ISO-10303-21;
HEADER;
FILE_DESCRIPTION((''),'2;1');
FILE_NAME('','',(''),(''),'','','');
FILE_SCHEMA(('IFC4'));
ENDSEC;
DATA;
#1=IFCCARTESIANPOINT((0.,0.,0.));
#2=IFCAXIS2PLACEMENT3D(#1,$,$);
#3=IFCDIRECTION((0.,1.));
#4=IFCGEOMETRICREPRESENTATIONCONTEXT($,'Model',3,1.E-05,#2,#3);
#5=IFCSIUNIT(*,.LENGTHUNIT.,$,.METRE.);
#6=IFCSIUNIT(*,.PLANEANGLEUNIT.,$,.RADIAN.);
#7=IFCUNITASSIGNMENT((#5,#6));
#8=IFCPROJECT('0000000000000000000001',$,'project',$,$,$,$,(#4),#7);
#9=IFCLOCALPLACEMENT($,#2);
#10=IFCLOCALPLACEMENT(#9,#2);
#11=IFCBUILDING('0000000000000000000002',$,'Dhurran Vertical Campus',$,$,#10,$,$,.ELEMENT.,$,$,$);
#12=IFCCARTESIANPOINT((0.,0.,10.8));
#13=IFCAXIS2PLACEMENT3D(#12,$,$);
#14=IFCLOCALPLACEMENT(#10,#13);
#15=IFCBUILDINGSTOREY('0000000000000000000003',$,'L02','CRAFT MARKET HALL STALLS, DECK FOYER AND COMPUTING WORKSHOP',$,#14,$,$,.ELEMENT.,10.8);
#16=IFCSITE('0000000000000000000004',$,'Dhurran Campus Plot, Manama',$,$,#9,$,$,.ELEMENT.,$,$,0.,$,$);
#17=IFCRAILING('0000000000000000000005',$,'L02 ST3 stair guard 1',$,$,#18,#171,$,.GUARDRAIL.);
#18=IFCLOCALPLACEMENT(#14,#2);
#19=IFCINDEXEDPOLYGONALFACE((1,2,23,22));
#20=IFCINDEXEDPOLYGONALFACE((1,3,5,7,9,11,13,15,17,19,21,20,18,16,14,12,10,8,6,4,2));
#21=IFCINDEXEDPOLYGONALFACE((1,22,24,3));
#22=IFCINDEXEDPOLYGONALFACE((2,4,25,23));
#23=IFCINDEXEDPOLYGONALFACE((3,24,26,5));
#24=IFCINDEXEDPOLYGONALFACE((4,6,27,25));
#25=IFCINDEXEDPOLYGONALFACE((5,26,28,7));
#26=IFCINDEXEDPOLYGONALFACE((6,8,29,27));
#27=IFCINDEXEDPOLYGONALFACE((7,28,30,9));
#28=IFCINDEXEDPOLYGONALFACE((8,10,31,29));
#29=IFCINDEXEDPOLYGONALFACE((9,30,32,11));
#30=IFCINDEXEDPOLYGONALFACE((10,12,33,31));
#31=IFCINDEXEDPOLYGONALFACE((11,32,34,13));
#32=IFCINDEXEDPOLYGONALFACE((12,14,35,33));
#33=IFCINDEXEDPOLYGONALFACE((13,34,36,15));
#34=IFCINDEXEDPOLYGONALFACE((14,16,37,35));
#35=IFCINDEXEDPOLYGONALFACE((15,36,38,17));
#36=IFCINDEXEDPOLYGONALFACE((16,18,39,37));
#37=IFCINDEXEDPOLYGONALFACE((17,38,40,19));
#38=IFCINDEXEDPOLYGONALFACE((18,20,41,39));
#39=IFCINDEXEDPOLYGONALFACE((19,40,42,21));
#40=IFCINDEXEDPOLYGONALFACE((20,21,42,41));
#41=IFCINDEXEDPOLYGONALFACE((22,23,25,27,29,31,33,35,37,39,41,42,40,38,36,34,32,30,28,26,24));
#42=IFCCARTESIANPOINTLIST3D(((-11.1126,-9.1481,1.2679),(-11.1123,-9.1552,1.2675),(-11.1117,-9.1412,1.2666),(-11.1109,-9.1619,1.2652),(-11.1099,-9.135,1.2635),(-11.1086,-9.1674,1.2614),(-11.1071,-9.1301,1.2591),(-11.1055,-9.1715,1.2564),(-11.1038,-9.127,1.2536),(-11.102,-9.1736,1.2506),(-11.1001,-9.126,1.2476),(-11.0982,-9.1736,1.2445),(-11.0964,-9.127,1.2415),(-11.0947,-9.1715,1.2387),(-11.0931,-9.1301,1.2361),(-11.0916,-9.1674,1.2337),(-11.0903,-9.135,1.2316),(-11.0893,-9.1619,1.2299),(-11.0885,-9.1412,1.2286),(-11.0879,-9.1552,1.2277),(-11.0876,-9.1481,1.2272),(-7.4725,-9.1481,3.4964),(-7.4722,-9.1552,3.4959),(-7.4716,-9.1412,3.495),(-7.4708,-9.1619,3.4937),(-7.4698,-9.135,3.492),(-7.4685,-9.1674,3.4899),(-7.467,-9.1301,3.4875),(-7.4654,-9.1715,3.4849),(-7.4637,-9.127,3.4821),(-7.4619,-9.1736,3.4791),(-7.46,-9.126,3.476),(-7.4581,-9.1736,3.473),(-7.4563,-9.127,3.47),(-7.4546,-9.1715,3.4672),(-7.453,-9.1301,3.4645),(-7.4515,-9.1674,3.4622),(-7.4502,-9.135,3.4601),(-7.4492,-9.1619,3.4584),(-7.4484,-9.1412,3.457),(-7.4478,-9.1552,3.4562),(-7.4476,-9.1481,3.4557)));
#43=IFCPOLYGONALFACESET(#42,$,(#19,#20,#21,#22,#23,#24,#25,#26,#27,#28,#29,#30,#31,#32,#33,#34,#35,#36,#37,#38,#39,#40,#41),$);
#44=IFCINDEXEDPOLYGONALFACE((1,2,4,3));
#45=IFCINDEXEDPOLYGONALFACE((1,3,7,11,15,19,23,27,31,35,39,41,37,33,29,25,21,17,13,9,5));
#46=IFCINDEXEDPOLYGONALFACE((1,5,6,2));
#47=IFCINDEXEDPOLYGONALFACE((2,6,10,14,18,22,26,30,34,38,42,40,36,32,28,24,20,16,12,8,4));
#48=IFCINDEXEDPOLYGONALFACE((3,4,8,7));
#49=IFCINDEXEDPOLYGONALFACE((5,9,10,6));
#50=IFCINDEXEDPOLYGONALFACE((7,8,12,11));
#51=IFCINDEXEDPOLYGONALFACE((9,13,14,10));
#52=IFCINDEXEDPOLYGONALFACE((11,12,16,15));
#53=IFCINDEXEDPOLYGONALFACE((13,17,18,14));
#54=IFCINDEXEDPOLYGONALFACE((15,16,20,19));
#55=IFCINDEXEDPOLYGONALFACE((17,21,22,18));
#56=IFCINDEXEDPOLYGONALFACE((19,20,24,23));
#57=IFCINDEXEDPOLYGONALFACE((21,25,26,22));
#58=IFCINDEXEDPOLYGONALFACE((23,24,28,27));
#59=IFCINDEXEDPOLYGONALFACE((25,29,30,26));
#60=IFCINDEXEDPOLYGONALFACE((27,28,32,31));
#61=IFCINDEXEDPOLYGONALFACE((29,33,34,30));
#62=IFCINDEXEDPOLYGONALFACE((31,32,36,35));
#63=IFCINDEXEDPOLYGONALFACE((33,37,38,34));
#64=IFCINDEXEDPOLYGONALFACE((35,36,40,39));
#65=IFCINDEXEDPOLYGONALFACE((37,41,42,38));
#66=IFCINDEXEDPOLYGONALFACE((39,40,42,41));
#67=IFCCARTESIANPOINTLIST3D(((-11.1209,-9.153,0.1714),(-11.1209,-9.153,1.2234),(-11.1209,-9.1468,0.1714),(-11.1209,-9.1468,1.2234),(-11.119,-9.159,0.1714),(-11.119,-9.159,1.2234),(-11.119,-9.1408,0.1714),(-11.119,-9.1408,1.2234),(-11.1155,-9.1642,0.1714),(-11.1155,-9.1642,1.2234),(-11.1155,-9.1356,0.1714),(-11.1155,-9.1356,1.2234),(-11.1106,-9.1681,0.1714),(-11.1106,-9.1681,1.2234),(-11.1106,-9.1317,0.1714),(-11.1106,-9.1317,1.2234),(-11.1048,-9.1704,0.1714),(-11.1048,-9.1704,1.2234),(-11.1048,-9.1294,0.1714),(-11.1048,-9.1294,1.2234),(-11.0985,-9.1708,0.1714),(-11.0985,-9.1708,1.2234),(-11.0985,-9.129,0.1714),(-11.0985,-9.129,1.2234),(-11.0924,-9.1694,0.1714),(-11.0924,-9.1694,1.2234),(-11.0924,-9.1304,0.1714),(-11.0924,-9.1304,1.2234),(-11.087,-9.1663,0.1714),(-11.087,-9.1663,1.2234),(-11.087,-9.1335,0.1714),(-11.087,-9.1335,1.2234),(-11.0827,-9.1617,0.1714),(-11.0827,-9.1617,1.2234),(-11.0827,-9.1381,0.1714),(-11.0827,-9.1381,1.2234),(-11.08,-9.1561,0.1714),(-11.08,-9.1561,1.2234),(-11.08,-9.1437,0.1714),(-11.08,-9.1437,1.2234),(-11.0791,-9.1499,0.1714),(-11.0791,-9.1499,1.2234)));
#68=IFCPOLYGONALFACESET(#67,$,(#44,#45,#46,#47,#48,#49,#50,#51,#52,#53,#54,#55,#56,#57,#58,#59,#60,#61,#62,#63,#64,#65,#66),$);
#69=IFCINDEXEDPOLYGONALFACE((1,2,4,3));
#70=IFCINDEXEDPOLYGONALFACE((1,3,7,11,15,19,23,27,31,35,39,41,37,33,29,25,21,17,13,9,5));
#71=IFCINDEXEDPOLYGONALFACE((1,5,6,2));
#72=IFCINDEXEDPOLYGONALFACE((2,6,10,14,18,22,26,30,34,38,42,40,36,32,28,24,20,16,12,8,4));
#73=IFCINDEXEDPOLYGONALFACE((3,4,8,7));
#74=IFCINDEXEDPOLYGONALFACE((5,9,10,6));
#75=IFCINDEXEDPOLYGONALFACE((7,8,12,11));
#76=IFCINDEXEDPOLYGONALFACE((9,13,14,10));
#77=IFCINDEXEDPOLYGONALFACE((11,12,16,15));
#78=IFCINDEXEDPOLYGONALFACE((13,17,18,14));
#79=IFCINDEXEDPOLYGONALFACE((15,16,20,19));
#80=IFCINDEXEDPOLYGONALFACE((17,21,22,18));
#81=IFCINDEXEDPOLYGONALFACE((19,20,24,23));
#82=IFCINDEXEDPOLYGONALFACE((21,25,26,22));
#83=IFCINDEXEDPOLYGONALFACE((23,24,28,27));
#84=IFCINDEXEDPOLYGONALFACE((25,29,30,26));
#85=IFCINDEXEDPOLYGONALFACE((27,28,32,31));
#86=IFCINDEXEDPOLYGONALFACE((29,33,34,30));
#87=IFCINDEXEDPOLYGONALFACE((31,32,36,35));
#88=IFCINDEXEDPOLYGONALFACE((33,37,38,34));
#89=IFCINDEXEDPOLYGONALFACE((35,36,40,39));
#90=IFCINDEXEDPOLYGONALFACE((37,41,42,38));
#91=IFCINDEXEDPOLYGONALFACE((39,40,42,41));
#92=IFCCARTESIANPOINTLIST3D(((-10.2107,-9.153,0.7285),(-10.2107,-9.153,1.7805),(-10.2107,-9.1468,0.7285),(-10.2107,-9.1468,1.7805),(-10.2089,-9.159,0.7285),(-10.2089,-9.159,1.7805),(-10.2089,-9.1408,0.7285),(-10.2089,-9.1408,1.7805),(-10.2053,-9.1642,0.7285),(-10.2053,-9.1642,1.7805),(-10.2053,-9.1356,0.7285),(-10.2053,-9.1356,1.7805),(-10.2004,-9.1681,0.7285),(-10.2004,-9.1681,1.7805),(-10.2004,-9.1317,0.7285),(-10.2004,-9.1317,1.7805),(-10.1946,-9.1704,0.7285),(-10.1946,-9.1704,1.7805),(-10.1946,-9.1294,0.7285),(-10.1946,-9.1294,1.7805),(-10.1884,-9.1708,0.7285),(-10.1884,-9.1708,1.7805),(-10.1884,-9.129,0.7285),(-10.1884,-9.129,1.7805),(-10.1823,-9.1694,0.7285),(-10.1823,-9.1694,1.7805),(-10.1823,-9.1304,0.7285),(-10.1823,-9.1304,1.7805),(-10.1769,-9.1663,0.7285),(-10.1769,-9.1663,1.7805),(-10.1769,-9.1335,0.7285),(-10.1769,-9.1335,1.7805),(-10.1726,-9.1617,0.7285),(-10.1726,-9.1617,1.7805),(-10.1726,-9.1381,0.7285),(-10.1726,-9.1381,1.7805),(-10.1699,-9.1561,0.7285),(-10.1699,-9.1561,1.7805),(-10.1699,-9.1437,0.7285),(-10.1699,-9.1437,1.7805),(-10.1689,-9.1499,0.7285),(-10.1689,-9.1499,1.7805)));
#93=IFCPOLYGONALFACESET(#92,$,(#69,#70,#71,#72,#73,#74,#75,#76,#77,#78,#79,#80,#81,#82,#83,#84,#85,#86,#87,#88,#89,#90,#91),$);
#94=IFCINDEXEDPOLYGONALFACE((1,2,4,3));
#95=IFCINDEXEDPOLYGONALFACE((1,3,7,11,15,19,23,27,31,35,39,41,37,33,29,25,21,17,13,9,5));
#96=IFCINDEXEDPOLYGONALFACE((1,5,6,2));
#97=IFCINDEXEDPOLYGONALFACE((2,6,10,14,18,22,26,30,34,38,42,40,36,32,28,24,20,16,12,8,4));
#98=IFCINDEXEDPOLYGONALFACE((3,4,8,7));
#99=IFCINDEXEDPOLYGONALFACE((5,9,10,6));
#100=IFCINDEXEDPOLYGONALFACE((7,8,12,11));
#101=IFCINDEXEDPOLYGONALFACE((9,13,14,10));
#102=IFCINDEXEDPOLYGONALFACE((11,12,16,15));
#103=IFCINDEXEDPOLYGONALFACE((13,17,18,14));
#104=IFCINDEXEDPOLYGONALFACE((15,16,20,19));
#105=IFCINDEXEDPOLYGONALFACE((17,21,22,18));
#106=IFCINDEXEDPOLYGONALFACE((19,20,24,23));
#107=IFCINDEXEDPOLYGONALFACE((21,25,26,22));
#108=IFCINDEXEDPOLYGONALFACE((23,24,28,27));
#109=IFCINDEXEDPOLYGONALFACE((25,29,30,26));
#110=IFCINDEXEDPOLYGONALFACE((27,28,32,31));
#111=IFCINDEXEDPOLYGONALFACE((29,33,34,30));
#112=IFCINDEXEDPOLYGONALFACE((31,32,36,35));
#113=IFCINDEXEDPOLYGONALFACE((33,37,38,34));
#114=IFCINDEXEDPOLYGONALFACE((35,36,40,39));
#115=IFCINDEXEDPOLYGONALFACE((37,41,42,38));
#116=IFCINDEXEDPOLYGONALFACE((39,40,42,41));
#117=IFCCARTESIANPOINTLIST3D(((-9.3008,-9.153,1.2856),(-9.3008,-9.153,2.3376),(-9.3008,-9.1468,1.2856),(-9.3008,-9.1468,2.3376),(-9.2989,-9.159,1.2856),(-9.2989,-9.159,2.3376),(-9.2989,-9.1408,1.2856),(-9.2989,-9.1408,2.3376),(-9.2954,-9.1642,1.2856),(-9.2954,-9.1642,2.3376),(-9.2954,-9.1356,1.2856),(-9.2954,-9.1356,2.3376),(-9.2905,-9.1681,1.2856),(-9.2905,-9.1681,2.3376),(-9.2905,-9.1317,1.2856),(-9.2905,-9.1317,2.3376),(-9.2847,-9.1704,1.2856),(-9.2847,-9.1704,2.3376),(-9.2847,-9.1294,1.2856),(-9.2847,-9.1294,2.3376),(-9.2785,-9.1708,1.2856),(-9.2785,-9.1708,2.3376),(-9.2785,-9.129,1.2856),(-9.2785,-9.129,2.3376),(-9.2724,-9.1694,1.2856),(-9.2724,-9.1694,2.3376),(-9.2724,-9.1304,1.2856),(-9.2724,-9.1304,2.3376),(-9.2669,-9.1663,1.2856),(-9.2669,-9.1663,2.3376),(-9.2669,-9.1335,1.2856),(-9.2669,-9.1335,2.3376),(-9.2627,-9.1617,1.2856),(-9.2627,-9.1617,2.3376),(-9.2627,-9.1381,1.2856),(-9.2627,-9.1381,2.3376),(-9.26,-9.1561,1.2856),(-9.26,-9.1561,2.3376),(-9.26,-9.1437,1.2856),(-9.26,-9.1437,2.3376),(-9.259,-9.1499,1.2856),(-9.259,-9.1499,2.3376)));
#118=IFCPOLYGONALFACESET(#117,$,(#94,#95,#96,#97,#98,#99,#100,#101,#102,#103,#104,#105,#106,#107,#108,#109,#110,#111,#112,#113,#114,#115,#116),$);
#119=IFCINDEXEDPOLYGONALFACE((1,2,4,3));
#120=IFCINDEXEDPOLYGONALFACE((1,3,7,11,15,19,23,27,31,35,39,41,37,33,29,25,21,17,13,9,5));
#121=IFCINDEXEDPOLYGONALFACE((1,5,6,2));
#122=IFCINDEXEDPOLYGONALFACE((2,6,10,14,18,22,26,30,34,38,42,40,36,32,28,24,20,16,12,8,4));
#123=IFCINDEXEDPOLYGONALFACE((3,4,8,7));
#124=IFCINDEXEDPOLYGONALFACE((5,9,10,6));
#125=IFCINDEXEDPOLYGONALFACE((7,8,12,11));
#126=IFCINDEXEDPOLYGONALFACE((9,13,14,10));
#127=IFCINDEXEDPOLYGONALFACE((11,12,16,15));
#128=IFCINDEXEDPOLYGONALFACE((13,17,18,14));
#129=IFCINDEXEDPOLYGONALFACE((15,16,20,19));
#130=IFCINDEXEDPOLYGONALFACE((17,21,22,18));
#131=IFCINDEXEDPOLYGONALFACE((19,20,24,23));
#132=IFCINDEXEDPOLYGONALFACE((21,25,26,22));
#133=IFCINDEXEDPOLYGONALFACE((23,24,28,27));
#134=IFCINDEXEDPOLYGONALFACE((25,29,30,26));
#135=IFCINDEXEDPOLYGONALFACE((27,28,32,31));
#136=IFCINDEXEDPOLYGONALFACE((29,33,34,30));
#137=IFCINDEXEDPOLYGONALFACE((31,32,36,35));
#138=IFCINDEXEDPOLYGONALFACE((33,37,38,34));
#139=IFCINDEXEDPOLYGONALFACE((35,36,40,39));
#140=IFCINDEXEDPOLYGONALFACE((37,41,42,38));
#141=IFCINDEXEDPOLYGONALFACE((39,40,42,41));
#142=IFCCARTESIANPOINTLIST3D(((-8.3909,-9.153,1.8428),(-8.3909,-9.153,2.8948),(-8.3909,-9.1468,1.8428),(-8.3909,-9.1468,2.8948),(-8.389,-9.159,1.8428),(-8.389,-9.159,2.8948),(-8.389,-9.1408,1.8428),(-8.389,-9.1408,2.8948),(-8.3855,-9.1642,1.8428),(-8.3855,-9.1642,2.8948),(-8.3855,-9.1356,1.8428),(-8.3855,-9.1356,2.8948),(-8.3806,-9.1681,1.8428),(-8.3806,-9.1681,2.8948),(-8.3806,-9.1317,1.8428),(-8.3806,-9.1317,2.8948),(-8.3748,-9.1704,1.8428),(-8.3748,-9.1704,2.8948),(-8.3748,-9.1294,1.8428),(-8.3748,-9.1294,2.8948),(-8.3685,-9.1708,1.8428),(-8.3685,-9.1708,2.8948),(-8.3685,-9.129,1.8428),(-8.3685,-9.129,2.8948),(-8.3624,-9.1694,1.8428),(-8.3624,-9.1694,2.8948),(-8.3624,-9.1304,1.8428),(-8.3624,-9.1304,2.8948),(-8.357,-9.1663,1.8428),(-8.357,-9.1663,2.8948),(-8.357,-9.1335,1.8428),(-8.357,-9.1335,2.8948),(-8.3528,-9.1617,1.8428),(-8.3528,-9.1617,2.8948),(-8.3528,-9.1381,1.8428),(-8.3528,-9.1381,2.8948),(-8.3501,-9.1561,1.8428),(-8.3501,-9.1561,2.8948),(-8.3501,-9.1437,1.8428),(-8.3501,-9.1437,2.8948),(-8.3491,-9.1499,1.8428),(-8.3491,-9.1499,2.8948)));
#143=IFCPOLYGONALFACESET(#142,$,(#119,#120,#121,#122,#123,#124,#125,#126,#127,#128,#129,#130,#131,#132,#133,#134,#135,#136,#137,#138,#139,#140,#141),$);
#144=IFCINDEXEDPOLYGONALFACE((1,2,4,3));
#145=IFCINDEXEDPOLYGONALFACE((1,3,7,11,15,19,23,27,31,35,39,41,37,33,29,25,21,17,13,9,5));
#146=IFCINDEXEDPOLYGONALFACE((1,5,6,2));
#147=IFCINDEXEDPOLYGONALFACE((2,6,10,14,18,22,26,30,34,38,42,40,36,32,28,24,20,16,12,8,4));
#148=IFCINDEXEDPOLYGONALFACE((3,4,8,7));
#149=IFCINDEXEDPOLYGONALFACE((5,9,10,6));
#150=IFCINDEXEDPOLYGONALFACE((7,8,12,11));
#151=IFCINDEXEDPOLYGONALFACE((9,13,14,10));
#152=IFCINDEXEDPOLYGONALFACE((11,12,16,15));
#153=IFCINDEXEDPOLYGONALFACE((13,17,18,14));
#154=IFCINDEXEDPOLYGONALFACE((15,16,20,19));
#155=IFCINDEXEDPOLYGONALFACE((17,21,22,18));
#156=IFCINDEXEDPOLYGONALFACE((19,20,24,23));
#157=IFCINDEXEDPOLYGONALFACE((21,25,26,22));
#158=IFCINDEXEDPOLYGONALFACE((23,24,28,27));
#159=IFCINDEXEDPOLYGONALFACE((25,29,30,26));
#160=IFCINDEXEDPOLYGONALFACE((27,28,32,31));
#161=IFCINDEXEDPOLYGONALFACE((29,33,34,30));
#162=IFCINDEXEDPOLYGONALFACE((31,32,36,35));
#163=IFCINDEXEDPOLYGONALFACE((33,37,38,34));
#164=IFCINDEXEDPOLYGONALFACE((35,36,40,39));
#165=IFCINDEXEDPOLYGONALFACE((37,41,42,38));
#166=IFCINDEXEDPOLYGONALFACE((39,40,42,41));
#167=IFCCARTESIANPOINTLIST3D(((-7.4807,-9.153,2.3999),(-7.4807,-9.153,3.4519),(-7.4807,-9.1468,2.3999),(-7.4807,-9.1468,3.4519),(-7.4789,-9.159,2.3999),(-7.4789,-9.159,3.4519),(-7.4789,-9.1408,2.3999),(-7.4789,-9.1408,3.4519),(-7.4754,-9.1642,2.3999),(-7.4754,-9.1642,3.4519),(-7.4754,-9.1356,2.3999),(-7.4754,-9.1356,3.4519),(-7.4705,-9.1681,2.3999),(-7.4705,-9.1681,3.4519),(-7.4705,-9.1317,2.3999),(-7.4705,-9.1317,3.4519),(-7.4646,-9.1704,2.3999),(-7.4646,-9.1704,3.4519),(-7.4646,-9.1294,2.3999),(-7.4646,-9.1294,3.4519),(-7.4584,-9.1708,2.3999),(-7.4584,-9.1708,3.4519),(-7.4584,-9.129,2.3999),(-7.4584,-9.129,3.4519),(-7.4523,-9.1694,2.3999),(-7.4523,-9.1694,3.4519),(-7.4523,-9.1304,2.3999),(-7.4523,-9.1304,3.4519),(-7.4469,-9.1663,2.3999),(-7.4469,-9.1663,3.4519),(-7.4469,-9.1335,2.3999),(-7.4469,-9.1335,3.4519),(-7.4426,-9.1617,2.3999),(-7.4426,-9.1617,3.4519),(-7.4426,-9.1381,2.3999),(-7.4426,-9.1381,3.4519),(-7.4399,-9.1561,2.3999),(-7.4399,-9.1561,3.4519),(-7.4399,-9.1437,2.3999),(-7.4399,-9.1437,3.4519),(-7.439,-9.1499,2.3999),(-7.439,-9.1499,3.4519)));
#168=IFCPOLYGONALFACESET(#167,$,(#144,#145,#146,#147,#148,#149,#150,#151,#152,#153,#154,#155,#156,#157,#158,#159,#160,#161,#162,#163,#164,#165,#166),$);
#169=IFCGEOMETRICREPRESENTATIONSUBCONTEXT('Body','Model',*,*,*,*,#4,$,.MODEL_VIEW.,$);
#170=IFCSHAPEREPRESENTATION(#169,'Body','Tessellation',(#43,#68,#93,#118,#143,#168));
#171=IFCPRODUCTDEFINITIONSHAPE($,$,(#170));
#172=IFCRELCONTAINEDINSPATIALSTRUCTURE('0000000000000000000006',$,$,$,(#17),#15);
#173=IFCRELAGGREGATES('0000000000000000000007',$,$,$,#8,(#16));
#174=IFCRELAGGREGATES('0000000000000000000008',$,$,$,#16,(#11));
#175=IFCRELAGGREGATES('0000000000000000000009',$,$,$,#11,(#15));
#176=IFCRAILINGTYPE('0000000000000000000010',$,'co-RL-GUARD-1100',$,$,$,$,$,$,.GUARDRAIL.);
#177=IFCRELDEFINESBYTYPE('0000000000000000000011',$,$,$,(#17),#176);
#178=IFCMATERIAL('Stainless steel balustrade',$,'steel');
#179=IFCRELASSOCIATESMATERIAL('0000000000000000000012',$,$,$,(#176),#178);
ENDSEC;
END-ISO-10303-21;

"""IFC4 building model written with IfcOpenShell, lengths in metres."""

from ifc_helpers import new_model, si_unit, direction, frame, origin, origin_2d, place, context, subcontext, project, spatial, circle, extrude, material, type_object, element, save


model = new_model("IFC4")

# Units and contexts
model_context = context("Model", 3, precision=1e-05, world=origin(), true_north=direction((0.0, 1.0)))
body_context = subcontext(model_context, "Body", "Model", "MODEL_VIEW")
ifc_project = project(units=[si_unit("LENGTHUNIT", "METRE"), si_unit("PLANEANGLEUNIT", "RADIAN")], contexts=[model_context])

# Site, building, storey
site_placement = place(None, origin())
site = spatial("IfcSite", under=ifc_project, at=site_placement, Name="Dhurran Campus Plot, Manama", CompositionType="ELEMENT", RefElevation=0.0)
building_placement = place(site_placement, origin())
building = spatial("IfcBuilding", under=site, at=building_placement, Name="Dhurran Vertical Campus", CompositionType="ELEMENT")
storey_placement = place(building_placement, frame((0.0, 0.0, 10.8)))
storey = spatial("IfcBuildingStorey", under=building, at=storey_placement, Name="L02", Description="CRAFT MARKET HALL STALLS, DECK FOYER AND COMPUTING WORKSHOP", CompositionType="ELEMENT", Elevation=10.8)

# Railing
ifc_material_1 = material(Name="Stainless steel balustrade", Category="steel")
railing_type_1 = type_object("IfcRailingType", Name="co-RL-GUARD-1100", PredefinedType="GUARDRAIL", material=ifc_material_1)
railing_1_placement = place(storey_placement, frame((-11.1001, -9.1499, 0.1714)))
element("IfcRailing", 1, at=railing_1_placement, inside=storey, type_object=railing_type_1, Name="L02 ST3 stair guard 1", PredefinedType="GUARDRAIL", context=body_context, shape_type="SweptSolid", body=[
    extrude(circle(Radius=0.0239, at=origin_2d()), frame((0.0, 0.0, 1.0762), z_axis=(0.852866, 0.0, 0.52213), x_axis=(0.0, 1.0, 0.0)), (0.0, 0.0, 1.0), 4.2681),
    extrude(circle(Radius=0.021, at=origin_2d()), origin(), (0.0, 0.0, 1.0), 1.052),
    extrude(circle(Radius=0.021, at=origin_2d()), frame((0.9102, 0.0, 0.5571)), (0.0, 0.0, 1.0), 1.052),
    extrude(circle(Radius=0.021, at=origin_2d()), frame((1.8201, 0.0, 1.1143)), (0.0, 0.0, 1.0), 1.052),
    extrude(circle(Radius=0.021, at=origin_2d()), frame((2.73, 0.0, 1.6714)), (0.0, 0.0, 1.0), 1.052),
    extrude(circle(Radius=0.021, at=origin_2d()), frame((3.6401, 0.0, 2.2285)), (0.0, 0.0, 1.0), 1.052),
])

save(model, "model.ifc")
